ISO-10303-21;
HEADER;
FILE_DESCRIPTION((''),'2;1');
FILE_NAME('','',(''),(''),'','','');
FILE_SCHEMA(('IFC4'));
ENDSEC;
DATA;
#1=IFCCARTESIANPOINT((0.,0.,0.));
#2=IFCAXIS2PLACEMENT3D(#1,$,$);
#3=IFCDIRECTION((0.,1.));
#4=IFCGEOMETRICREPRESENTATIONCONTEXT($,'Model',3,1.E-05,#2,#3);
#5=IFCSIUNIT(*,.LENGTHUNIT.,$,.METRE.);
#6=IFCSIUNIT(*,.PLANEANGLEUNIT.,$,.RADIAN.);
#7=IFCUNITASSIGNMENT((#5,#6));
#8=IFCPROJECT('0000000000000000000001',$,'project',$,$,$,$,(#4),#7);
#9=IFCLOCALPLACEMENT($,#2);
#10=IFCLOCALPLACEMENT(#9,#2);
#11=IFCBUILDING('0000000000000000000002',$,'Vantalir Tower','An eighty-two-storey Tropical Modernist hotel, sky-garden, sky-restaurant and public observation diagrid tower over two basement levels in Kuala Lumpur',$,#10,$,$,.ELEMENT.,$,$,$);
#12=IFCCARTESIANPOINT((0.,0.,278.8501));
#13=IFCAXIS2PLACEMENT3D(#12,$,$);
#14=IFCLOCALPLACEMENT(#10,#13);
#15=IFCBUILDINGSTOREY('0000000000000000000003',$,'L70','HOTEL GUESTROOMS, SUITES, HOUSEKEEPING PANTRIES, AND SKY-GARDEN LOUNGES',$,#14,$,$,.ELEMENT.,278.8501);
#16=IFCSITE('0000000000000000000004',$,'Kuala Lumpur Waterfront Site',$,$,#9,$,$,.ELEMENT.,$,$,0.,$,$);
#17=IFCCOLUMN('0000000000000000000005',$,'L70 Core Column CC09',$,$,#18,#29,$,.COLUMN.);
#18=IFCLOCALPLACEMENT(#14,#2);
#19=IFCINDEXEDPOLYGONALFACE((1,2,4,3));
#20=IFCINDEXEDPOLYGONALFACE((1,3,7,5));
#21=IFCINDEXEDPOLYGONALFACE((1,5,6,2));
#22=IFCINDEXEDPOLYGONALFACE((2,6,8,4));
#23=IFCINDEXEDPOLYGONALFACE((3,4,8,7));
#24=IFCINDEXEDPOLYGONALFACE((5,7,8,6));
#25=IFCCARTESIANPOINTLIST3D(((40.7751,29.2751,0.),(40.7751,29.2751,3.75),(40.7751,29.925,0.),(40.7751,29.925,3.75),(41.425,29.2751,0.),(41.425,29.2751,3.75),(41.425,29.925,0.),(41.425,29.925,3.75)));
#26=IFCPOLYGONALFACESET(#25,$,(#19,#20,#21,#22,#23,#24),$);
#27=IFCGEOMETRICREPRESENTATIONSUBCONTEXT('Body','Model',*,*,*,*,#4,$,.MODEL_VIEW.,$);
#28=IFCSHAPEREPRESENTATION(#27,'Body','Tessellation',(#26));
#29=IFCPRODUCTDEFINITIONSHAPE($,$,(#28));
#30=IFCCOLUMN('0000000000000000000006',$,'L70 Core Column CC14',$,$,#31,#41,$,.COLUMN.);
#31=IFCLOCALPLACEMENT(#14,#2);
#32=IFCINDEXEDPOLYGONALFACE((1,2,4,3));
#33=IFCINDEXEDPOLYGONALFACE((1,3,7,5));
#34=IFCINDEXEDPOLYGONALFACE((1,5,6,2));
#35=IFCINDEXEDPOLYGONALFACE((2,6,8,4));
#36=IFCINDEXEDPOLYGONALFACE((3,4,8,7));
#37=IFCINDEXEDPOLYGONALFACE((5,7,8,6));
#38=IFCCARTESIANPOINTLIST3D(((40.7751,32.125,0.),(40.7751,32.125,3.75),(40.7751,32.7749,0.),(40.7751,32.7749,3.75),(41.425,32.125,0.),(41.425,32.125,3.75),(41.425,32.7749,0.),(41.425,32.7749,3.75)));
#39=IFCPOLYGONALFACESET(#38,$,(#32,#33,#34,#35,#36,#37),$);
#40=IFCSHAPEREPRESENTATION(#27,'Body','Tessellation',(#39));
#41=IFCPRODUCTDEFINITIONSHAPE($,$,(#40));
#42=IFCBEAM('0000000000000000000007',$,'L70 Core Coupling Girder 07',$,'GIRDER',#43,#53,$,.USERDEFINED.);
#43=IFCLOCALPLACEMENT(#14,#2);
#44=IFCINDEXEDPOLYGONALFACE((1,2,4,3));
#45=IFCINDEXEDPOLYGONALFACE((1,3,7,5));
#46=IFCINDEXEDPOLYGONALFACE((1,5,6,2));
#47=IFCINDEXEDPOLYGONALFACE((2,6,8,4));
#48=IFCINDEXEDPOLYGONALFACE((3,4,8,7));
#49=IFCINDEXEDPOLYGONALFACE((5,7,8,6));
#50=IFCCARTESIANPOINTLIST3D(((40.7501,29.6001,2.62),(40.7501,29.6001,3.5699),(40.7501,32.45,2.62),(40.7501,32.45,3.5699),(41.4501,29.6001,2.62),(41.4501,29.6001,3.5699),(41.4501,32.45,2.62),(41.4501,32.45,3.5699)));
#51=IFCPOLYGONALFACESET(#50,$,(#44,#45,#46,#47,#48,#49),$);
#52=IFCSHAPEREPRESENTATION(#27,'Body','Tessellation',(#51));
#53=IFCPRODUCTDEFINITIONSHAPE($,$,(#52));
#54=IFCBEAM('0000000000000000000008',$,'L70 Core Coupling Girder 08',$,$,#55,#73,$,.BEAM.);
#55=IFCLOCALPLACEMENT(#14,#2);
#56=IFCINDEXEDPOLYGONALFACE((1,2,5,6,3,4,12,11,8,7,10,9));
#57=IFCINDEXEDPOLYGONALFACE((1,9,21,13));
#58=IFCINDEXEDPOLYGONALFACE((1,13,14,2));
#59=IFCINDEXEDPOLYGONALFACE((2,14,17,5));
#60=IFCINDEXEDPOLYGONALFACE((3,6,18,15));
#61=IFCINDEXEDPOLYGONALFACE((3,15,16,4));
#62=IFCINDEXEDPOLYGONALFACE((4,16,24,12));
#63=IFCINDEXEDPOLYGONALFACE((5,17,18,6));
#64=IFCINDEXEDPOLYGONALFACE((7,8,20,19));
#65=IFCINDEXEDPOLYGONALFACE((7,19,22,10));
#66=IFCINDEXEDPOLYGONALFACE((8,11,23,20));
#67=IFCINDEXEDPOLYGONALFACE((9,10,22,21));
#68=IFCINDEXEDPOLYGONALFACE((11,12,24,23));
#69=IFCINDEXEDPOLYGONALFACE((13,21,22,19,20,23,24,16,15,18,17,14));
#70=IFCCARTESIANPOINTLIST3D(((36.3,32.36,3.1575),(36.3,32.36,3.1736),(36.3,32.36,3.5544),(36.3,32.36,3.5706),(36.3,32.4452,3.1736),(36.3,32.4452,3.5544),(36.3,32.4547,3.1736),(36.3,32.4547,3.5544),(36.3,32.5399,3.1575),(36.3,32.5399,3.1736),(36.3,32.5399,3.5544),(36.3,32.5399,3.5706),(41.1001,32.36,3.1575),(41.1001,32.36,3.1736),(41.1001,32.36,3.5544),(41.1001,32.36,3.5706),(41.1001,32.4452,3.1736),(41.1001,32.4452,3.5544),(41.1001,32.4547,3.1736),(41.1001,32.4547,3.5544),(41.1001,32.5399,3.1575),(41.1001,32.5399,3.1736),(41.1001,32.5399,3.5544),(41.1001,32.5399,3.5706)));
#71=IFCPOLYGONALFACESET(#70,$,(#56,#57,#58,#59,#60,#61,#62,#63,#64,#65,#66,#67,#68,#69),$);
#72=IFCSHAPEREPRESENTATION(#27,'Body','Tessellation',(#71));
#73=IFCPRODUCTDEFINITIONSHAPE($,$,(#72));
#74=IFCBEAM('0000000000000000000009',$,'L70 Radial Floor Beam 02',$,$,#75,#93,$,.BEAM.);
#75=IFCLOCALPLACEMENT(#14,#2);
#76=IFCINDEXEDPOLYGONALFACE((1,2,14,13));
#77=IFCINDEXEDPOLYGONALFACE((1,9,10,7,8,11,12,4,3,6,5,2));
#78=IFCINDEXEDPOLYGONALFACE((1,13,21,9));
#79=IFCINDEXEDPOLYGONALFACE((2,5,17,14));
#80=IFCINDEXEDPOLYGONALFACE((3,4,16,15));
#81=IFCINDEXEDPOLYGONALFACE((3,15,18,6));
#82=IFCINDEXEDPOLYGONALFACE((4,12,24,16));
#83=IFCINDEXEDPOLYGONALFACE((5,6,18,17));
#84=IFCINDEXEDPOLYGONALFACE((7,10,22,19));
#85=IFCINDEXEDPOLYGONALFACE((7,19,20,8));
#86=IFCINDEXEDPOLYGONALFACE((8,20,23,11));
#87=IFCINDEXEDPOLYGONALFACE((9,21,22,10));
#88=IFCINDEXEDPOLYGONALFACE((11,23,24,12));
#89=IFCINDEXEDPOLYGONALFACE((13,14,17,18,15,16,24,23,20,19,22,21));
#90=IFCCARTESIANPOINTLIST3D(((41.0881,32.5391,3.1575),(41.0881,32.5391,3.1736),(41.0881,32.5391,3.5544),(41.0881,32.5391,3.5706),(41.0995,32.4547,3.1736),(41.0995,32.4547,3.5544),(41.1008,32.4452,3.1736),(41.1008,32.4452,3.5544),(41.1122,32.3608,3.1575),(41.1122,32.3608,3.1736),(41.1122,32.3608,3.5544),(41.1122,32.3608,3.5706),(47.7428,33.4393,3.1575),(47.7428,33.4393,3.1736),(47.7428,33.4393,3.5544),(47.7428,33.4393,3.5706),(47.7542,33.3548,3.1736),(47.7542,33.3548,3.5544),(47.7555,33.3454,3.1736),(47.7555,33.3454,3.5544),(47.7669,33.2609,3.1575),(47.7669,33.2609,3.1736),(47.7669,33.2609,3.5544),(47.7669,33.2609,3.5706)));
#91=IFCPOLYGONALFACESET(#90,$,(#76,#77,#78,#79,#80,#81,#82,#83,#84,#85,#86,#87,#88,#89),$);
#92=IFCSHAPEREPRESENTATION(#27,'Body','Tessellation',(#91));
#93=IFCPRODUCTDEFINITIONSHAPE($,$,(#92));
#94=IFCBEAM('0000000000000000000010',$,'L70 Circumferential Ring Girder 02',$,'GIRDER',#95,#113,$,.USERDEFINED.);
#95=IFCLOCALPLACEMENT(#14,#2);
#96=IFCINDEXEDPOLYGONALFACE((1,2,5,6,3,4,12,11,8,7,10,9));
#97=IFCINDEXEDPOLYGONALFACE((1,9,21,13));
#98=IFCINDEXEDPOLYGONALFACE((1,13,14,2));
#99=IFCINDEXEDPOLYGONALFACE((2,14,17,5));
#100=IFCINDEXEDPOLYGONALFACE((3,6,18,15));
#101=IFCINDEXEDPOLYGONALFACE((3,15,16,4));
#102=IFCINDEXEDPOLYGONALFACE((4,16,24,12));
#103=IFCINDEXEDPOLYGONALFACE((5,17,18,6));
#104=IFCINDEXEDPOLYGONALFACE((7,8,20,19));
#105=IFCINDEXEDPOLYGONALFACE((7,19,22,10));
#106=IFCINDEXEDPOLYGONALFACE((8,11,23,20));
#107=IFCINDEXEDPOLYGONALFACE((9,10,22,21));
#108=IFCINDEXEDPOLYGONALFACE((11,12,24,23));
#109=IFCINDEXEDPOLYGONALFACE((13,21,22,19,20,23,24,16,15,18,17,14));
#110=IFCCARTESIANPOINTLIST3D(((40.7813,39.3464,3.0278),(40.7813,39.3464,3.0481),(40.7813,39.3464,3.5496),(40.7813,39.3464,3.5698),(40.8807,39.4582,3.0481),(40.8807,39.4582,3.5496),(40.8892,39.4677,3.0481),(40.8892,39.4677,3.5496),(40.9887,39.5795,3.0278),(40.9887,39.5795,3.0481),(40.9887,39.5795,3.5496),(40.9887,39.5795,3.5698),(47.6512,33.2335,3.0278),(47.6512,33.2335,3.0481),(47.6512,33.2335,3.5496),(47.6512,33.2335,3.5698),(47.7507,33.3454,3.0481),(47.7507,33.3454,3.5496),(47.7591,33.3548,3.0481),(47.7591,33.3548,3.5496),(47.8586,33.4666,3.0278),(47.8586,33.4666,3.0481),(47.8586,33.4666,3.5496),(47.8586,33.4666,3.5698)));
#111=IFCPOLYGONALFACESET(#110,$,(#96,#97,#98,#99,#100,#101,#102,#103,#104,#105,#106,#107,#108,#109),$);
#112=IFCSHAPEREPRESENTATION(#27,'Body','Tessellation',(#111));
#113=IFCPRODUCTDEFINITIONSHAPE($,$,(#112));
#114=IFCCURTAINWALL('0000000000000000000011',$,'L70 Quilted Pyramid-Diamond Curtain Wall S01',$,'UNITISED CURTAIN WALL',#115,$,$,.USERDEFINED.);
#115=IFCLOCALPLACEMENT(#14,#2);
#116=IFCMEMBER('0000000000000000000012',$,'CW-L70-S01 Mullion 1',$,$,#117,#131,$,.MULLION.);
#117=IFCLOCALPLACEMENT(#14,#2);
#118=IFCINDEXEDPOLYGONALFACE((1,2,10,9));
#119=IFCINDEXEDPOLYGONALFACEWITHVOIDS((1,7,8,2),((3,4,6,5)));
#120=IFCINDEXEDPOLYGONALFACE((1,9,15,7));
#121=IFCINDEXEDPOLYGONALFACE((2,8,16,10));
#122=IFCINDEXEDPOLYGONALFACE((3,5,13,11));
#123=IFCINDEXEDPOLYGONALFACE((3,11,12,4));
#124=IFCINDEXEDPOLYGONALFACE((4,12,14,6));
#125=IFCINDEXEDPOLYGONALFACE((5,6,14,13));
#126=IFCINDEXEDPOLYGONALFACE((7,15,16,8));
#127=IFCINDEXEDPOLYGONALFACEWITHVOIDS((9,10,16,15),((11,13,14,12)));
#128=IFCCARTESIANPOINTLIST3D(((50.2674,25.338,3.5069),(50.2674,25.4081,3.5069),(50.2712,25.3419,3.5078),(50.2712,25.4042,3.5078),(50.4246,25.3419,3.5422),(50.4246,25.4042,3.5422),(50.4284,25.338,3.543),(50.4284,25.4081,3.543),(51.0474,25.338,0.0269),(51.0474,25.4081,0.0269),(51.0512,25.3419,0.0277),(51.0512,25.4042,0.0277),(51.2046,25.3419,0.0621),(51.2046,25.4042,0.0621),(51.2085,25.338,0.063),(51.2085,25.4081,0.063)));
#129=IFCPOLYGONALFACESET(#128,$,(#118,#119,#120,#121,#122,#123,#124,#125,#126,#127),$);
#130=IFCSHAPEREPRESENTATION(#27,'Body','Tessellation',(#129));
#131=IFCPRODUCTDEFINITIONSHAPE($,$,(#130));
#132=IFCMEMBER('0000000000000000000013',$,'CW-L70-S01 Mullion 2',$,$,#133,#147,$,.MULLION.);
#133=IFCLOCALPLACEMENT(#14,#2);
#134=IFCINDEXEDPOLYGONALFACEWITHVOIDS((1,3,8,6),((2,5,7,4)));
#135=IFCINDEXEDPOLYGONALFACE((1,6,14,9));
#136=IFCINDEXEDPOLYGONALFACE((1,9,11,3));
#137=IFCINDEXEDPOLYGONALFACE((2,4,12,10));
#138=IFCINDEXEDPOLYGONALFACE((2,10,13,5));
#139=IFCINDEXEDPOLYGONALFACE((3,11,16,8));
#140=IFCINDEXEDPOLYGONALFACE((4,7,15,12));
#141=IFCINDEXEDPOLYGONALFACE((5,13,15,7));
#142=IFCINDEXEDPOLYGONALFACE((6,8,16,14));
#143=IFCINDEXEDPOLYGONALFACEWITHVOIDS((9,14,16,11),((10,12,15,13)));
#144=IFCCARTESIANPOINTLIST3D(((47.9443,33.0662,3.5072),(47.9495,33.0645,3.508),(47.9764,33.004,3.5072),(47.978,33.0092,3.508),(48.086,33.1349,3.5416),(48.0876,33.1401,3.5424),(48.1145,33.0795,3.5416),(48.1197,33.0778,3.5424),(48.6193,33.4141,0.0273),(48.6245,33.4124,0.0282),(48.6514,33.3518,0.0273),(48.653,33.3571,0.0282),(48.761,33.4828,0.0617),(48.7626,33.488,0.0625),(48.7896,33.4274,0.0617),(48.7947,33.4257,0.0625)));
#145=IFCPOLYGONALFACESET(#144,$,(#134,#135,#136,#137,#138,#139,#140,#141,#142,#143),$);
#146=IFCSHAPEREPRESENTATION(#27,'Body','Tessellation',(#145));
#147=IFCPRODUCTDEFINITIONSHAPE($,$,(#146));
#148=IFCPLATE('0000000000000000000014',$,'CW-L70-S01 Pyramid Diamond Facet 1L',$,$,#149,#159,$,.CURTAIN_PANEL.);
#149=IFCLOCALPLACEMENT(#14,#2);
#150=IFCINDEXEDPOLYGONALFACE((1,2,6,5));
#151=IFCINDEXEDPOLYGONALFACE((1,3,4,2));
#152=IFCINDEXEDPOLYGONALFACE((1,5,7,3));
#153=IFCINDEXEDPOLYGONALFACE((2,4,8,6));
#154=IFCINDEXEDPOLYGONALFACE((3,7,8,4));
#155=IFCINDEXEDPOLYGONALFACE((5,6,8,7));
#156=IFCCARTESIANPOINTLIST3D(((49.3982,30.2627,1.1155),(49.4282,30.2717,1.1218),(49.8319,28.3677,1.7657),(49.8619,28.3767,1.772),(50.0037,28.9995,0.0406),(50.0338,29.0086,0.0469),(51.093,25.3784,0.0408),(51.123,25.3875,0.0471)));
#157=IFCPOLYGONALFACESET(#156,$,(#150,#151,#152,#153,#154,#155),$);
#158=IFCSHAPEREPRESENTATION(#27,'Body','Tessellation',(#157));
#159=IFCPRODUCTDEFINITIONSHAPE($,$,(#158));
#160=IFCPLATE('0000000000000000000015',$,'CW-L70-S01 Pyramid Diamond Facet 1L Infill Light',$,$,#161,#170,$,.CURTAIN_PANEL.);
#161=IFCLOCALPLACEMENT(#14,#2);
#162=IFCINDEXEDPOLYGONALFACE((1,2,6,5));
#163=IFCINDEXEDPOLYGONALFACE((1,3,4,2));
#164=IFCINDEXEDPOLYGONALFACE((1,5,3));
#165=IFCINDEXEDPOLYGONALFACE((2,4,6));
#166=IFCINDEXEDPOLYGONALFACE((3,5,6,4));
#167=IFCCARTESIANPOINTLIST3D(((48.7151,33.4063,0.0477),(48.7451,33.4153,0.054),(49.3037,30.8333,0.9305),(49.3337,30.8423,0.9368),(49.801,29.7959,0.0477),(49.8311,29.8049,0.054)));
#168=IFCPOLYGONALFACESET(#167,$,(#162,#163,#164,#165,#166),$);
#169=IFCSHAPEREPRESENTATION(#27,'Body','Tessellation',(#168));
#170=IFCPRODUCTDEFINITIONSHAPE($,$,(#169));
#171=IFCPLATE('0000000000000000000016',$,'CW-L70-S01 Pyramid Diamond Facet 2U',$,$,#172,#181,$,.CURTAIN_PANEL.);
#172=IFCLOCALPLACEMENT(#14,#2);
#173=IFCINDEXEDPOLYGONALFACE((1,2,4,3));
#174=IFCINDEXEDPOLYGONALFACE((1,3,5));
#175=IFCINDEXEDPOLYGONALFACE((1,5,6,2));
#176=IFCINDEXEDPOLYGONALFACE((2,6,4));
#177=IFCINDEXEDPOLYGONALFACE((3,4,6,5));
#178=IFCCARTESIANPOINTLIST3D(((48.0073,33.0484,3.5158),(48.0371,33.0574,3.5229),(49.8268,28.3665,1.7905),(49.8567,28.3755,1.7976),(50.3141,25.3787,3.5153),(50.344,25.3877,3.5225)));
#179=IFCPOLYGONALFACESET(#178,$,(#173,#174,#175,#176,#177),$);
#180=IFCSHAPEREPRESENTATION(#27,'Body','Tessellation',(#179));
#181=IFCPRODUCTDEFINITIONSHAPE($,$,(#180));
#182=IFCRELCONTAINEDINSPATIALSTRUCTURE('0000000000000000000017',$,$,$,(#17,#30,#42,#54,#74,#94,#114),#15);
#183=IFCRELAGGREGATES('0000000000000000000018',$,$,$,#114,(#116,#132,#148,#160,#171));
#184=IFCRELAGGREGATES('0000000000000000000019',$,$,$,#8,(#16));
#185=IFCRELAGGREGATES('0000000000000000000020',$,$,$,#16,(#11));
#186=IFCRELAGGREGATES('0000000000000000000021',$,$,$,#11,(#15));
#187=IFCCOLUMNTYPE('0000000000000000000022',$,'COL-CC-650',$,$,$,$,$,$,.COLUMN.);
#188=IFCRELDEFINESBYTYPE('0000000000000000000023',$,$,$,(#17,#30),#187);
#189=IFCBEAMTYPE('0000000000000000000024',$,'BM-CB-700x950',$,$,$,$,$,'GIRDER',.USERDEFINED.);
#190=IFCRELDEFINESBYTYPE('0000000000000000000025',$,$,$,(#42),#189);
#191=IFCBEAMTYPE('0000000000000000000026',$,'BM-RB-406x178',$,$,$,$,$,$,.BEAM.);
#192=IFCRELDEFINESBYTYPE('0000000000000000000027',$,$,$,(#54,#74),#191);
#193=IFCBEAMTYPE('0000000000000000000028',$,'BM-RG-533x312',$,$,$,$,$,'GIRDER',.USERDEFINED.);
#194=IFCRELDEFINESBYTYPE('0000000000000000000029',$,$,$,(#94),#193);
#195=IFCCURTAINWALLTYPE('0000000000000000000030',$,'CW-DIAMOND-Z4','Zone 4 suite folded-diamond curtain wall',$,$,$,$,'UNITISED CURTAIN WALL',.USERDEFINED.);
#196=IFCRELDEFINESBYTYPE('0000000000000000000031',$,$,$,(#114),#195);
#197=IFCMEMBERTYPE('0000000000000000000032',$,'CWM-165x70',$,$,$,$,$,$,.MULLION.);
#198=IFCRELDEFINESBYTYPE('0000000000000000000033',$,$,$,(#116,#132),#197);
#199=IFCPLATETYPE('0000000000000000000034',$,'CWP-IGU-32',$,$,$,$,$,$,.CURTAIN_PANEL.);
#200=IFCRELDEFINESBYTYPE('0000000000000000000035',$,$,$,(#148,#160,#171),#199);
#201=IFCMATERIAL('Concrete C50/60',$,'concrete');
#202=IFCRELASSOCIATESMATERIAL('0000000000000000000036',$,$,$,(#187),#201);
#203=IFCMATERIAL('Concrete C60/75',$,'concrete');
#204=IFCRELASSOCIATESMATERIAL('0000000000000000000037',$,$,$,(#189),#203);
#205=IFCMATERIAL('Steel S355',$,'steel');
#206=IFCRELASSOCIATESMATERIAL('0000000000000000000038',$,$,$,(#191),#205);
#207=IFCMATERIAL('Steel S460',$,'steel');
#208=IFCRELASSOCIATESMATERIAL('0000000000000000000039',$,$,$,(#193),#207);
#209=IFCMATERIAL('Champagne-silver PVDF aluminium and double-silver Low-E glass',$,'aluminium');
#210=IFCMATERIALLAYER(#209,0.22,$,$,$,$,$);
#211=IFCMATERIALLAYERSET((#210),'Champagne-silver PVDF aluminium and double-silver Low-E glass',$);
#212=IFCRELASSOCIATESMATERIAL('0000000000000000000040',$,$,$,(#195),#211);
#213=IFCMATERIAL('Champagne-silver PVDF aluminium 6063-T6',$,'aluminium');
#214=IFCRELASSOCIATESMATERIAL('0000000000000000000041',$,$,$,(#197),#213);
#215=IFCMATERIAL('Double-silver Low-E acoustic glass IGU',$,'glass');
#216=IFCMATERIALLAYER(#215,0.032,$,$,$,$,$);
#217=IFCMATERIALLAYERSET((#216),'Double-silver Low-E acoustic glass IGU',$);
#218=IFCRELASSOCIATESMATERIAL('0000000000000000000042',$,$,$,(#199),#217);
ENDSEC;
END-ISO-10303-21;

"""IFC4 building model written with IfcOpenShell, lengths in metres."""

from ifc_helpers import new_model, si_unit, direction, frame, origin, origin_2d, place, context, subcontext, project, spatial, polyline, rectangle, hollow_rectangle, i_section, outline, extrude, material, layer, layer_set, material_profile, profile_set, type_object, element, aggregate, save


model = new_model("IFC4")

# Units and contexts
model_context = context("Model", 3, precision=1e-05, world=origin(), true_north=direction((0.0, 1.0)))
body_context = subcontext(model_context, "Body", "Model", "MODEL_VIEW")
ifc_project = project(units=[si_unit("LENGTHUNIT", "METRE"), si_unit("PLANEANGLEUNIT", "RADIAN")], contexts=[model_context])

# Site, building, storey
site_placement = place(None, origin())
site = spatial("IfcSite", under=ifc_project, at=site_placement, Name="Kuala Lumpur Waterfront Site", CompositionType="ELEMENT", RefElevation=0.0)
building_placement = place(site_placement, origin())
building = spatial("IfcBuilding", under=site, at=building_placement, Name="Vantalir Tower", Description="An eighty-two-storey Tropical Modernist hotel, sky-garden, sky-restaurant and public observation diagrid tower over two basement levels in Kuala Lumpur", CompositionType="ELEMENT")
storey_placement = place(building_placement, frame((0.0, 0.0, 278.8501)))
storey = spatial("IfcBuildingStorey", under=building, at=storey_placement, Name="L70", Description="HOTEL GUESTROOMS, SUITES, HOUSEKEEPING PANTRIES, AND SKY-GARDEN LOUNGES", CompositionType="ELEMENT", Elevation=278.8501)

# Columns
ifc_material_1 = material(Name="Concrete C50/60", Category="concrete")
ifc_material_profile_1 = material_profile(ifc_material_1, rectangle(XDim=0.6499, YDim=0.6499, at=origin_2d()), Name="Concrete C50/60")
ifc_profile_set_1 = profile_set([ifc_material_profile_1], Name="Concrete C50/60")
column_type = type_object("IfcColumnType", Name="COL-CC-650", PredefinedType="COLUMN", material=ifc_profile_set_1)
for number, where, z_axis, x_axis, name in (
    (1, (41.1001, 29.6001, 0.0), (0.0, 0.0, 1.0), (1.0, 0.0, 0.0), "L70 Core Column CC09"),
    (2, (41.1001, 32.45, 0.0), (0.0, 0.0, 1.0), (1.0, 0.0, 0.0), "L70 Core Column CC14"),
):
    element("IfcColumn", number, at=place(storey_placement, frame(where, z_axis=z_axis, x_axis=x_axis)), inside=storey, type_object=column_type, Name=name, PredefinedType="COLUMN", context=body_context, shape_type="SweptSolid", body=[
        extrude(rectangle(XDim=0.6499, YDim=0.6499, at=origin_2d()), origin(), (0.0, 0.0, 1.0), 3.75),
    ])

# Beams
ifc_material_2 = material(Name="Concrete C60/75", Category="concrete")
ifc_material_profile_2 = material_profile(ifc_material_2, rectangle(XDim=0.7, YDim=0.95, at=origin_2d()), Name="Concrete C60/75")
ifc_profile_set_2 = profile_set([ifc_material_profile_2], Name="Concrete C60/75")
beam_type_1 = type_object("IfcBeamType", Name="BM-CB-700x950", ElementType="GIRDER", PredefinedType="USERDEFINED", material=ifc_profile_set_2)
beam_1_placement = place(storey_placement, frame((41.1001, 29.6001, 3.095), z_axis=(0.0, 1.0, 0.0), x_axis=(-1.0, 0.0, 0.0)))
element("IfcBeam", 3, at=beam_1_placement, inside=storey, type_object=beam_type_1, Name="L70 Core Coupling Girder 07", ObjectType="GIRDER", PredefinedType="USERDEFINED", context=body_context, shape_type="SweptSolid", body=[
    extrude(rectangle(XDim=0.7, YDim=0.95, at=origin_2d()), origin(), (0.0, 0.0, 1.0), 2.8499),
])
ifc_material_3 = material(Name="Steel S355", Category="steel")
ifc_material_profile_3 = material_profile(ifc_material_3, i_section(OverallWidth=0.1799, OverallDepth=0.4131, WebThickness=0.0095, FlangeThickness=0.0161, at=origin_2d()), Name="Steel S355")
ifc_profile_set_3 = profile_set([ifc_material_profile_3], Name="Steel S355")
beam_type_2 = type_object("IfcBeamType", Name="BM-RB-406x178", PredefinedType="BEAM", material=ifc_profile_set_3)
beam_2_placement = place(storey_placement, frame((41.1001, 32.45, 3.364), z_axis=(-1.0, 0.0, 0.0), x_axis=(0.0, -1.0, 0.0)))
element("IfcBeam", 4, at=beam_2_placement, inside=storey, type_object=beam_type_2, Name="L70 Core Coupling Girder 08", PredefinedType="BEAM", context=body_context, shape_type="SweptSolid", body=[
    extrude(i_section(OverallWidth=0.1799, OverallDepth=0.4131, WebThickness=0.0095, FlangeThickness=0.0161, at=origin_2d()), origin(), (0.0, 0.0, 1.0), 4.8),
])
beam_3_placement = place(storey_placement, frame((47.7549, 33.3501, 3.364), z_axis=(-0.990976, -0.134042, 0.0), x_axis=(0.134042, -0.990976, 0.0)))
element("IfcBeam", 5, at=beam_3_placement, inside=storey, type_object=beam_type_2, Name="L70 Radial Floor Beam 02", PredefinedType="BEAM", context=body_context, shape_type="SweptSolid", body=[
    extrude(i_section(OverallWidth=0.1799, OverallDepth=0.4131, WebThickness=0.0095, FlangeThickness=0.0161, at=origin_2d()), origin(), (0.0, 0.0, 1.0), 6.7153),
])
ifc_material_4 = material(Name="Steel S460", Category="steel")
ifc_material_profile_4 = material_profile(ifc_material_4, i_section(OverallWidth=0.312, OverallDepth=0.542, WebThickness=0.0127, FlangeThickness=0.0203, at=origin_2d()), Name="Steel S460")
ifc_profile_set_4 = profile_set([ifc_material_profile_4], Name="Steel S460")
beam_type_3 = type_object("IfcBeamType", Name="BM-RG-533x312", ElementType="GIRDER", PredefinedType="USERDEFINED", material=ifc_profile_set_4)
beam_4_placement = place(storey_placement, frame((47.7549, 33.3501, 3.2988), z_axis=(-0.747072, 0.664743, 0.0), x_axis=(-0.664743, -0.747072, 0.0)))
element("IfcBeam", 6, at=beam_4_placement, inside=storey, type_object=beam_type_3, Name="L70 Circumferential Ring Girder 02", ObjectType="GIRDER", PredefinedType="USERDEFINED", context=body_context, shape_type="SweptSolid", body=[
    extrude(i_section(OverallWidth=0.312, OverallDepth=0.542, WebThickness=0.0127, FlangeThickness=0.0203, at=origin_2d()), origin(), (0.0, 0.0, 1.0), 9.1958),
])

# Curtain wall, members, plates
ifc_material_5 = material(Name="Champagne-silver PVDF aluminium and double-silver Low-E glass", Category="aluminium")
ifc_layer_1 = layer(ifc_material_5, 0.22)
ifc_layer_set_1 = layer_set([ifc_layer_1], Name="Champagne-silver PVDF aluminium and double-silver Low-E glass")
curtain_wall_type = type_object("IfcCurtainWallType", Name="CW-DIAMOND-Z4", Description="Zone 4 suite folded-diamond curtain wall", ElementType="UNITISED CURTAIN WALL", PredefinedType="USERDEFINED", material=ifc_layer_set_1)
curtain_wall_placement = place(storey_placement, origin())
curtain_wall = element("IfcCurtainWall", 7, at=curtain_wall_placement, inside=storey, type_object=curtain_wall_type, Name="L70 Quilted Pyramid-Diamond Curtain Wall S01", ObjectType="UNITISED CURTAIN WALL", PredefinedType="USERDEFINED")
ifc_material_6 = material(Name="Champagne-silver PVDF aluminium 6063-T6", Category="aluminium")
ifc_material_profile_5 = material_profile(ifc_material_6, hollow_rectangle(XDim=0.0701, YDim=0.165, WallThickness=0.0039, at=origin_2d()), Name="Champagne-silver PVDF aluminium 6063-T6")
ifc_profile_set_5 = profile_set([ifc_material_profile_5], Name="Champagne-silver PVDF aluminium 6063-T6")
member_type = type_object("IfcMemberType", Name="CWM-165x70", PredefinedType="MULLION", material=ifc_profile_set_5)
member_1_placement = place(storey_placement, frame((51.1279, 25.373, 0.0449), z_axis=(-0.21872, 0.0, 0.975788), x_axis=(0.0, -1.0, 0.0)))
member_1 = element("IfcMember", 8, at=member_1_placement, type_object=member_type, Name="CW-L70-S01 Mullion 1", PredefinedType="MULLION", context=body_context, shape_type="SweptSolid", body=[
    extrude(hollow_rectangle(XDim=0.0701, YDim=0.165, WallThickness=0.0039, at=origin_2d()), origin(), (0.0, 0.0, 1.0), 3.5664),
])
member_2_placement = place(storey_placement, frame((48.707, 33.4199, 0.0449), z_axis=(-0.18952, -0.097673, 0.977007), x_axis=(0.458111, -0.888895, 0.0)))
member_2 = element("IfcMember", 9, at=member_2_placement, type_object=member_type, Name="CW-L70-S01 Mullion 2", PredefinedType="MULLION", context=body_context, shape_type="SweptSolid", body=[
    extrude(hollow_rectangle(XDim=0.0701, YDim=0.165, WallThickness=0.0039, at=origin_2d()), origin(), (0.0, 0.0, 1.0), 3.5618),
])
ifc_material_7 = material(Name="Double-silver Low-E acoustic glass IGU", Category="glass")
ifc_layer_2 = layer(ifc_material_7, 0.032)
ifc_layer_set_2 = layer_set([ifc_layer_2], Name="Double-silver Low-E acoustic glass IGU")
plate_type_1 = type_object("IfcPlateType", Name="CWP-IGU-32", PredefinedType="CURTAIN_PANEL", material=ifc_layer_set_2)
plate_1_placement = place(storey_placement, frame((51.123, 25.3875, 0.0471), z_axis=(0.938845, 0.282432, 0.196983), x_axis=(-0.288065, 0.957611, -0.000061)))
plate_1 = element("IfcPlate", 10, at=plate_1_placement, type_object=plate_type_1, Name="CW-L70-S01 Pyramid Diamond Facet 1L", PredefinedType="CURTAIN_PANEL", context=body_context, shape_type="SweptSolid", body=[
    extrude(outline(polyline([(0.0, 0.0), (3.7814, 0.0), (5.1654, 1.0965), (3.2258, 1.7595), (0.0, 0.0)])), origin(), (0.0, 0.0, -1.0), 0.032),
])
plate_2_placement = place(storey_placement, frame((49.8311, 29.8049, 0.054), z_axis=(0.938843, 0.282389, 0.197055), x_axis=(-0.288037, 0.957619, 0.0)))
plate_2 = element("IfcPlate", 11, at=plate_2_placement, type_object=plate_type_1, Name="CW-L70-S01 Pyramid Diamond Facet 1L Infill Light", PredefinedType="CURTAIN_PANEL", context=body_context, shape_type="SweptSolid", body=[
    extrude(outline(polyline([(0.0, 0.0), (3.7701, 0.0), (1.1366, 0.9005), (0.0, 0.0)])), origin(), (0.0, 0.0, -1.0), 0.032),
])
plate_3_placement = place(storey_placement, frame((48.0371, 33.0574, 3.5229), z_axis=(0.933591, 0.280791, 0.222629), x_axis=(0.288033, -0.95762, -0.000061)))
plate_3 = element("IfcPlate", 12, at=plate_3_placement, type_object=plate_type_1, Name="CW-L70-S01 Pyramid Diamond Facet 2U", PredefinedType="CURTAIN_PANEL", context=body_context, shape_type="SweptSolid", body=[
    extrude(outline(polyline([(0.0, 0.0), (8.0091, 0.0), (5.0077, 1.7694), (0.0, 0.0)])), origin(), (0.0, 0.0, -1.0), 0.032),
])
aggregate(curtain_wall, [member_1, member_2, plate_1, plate_2, plate_3])

save(model, "model.ifc")
